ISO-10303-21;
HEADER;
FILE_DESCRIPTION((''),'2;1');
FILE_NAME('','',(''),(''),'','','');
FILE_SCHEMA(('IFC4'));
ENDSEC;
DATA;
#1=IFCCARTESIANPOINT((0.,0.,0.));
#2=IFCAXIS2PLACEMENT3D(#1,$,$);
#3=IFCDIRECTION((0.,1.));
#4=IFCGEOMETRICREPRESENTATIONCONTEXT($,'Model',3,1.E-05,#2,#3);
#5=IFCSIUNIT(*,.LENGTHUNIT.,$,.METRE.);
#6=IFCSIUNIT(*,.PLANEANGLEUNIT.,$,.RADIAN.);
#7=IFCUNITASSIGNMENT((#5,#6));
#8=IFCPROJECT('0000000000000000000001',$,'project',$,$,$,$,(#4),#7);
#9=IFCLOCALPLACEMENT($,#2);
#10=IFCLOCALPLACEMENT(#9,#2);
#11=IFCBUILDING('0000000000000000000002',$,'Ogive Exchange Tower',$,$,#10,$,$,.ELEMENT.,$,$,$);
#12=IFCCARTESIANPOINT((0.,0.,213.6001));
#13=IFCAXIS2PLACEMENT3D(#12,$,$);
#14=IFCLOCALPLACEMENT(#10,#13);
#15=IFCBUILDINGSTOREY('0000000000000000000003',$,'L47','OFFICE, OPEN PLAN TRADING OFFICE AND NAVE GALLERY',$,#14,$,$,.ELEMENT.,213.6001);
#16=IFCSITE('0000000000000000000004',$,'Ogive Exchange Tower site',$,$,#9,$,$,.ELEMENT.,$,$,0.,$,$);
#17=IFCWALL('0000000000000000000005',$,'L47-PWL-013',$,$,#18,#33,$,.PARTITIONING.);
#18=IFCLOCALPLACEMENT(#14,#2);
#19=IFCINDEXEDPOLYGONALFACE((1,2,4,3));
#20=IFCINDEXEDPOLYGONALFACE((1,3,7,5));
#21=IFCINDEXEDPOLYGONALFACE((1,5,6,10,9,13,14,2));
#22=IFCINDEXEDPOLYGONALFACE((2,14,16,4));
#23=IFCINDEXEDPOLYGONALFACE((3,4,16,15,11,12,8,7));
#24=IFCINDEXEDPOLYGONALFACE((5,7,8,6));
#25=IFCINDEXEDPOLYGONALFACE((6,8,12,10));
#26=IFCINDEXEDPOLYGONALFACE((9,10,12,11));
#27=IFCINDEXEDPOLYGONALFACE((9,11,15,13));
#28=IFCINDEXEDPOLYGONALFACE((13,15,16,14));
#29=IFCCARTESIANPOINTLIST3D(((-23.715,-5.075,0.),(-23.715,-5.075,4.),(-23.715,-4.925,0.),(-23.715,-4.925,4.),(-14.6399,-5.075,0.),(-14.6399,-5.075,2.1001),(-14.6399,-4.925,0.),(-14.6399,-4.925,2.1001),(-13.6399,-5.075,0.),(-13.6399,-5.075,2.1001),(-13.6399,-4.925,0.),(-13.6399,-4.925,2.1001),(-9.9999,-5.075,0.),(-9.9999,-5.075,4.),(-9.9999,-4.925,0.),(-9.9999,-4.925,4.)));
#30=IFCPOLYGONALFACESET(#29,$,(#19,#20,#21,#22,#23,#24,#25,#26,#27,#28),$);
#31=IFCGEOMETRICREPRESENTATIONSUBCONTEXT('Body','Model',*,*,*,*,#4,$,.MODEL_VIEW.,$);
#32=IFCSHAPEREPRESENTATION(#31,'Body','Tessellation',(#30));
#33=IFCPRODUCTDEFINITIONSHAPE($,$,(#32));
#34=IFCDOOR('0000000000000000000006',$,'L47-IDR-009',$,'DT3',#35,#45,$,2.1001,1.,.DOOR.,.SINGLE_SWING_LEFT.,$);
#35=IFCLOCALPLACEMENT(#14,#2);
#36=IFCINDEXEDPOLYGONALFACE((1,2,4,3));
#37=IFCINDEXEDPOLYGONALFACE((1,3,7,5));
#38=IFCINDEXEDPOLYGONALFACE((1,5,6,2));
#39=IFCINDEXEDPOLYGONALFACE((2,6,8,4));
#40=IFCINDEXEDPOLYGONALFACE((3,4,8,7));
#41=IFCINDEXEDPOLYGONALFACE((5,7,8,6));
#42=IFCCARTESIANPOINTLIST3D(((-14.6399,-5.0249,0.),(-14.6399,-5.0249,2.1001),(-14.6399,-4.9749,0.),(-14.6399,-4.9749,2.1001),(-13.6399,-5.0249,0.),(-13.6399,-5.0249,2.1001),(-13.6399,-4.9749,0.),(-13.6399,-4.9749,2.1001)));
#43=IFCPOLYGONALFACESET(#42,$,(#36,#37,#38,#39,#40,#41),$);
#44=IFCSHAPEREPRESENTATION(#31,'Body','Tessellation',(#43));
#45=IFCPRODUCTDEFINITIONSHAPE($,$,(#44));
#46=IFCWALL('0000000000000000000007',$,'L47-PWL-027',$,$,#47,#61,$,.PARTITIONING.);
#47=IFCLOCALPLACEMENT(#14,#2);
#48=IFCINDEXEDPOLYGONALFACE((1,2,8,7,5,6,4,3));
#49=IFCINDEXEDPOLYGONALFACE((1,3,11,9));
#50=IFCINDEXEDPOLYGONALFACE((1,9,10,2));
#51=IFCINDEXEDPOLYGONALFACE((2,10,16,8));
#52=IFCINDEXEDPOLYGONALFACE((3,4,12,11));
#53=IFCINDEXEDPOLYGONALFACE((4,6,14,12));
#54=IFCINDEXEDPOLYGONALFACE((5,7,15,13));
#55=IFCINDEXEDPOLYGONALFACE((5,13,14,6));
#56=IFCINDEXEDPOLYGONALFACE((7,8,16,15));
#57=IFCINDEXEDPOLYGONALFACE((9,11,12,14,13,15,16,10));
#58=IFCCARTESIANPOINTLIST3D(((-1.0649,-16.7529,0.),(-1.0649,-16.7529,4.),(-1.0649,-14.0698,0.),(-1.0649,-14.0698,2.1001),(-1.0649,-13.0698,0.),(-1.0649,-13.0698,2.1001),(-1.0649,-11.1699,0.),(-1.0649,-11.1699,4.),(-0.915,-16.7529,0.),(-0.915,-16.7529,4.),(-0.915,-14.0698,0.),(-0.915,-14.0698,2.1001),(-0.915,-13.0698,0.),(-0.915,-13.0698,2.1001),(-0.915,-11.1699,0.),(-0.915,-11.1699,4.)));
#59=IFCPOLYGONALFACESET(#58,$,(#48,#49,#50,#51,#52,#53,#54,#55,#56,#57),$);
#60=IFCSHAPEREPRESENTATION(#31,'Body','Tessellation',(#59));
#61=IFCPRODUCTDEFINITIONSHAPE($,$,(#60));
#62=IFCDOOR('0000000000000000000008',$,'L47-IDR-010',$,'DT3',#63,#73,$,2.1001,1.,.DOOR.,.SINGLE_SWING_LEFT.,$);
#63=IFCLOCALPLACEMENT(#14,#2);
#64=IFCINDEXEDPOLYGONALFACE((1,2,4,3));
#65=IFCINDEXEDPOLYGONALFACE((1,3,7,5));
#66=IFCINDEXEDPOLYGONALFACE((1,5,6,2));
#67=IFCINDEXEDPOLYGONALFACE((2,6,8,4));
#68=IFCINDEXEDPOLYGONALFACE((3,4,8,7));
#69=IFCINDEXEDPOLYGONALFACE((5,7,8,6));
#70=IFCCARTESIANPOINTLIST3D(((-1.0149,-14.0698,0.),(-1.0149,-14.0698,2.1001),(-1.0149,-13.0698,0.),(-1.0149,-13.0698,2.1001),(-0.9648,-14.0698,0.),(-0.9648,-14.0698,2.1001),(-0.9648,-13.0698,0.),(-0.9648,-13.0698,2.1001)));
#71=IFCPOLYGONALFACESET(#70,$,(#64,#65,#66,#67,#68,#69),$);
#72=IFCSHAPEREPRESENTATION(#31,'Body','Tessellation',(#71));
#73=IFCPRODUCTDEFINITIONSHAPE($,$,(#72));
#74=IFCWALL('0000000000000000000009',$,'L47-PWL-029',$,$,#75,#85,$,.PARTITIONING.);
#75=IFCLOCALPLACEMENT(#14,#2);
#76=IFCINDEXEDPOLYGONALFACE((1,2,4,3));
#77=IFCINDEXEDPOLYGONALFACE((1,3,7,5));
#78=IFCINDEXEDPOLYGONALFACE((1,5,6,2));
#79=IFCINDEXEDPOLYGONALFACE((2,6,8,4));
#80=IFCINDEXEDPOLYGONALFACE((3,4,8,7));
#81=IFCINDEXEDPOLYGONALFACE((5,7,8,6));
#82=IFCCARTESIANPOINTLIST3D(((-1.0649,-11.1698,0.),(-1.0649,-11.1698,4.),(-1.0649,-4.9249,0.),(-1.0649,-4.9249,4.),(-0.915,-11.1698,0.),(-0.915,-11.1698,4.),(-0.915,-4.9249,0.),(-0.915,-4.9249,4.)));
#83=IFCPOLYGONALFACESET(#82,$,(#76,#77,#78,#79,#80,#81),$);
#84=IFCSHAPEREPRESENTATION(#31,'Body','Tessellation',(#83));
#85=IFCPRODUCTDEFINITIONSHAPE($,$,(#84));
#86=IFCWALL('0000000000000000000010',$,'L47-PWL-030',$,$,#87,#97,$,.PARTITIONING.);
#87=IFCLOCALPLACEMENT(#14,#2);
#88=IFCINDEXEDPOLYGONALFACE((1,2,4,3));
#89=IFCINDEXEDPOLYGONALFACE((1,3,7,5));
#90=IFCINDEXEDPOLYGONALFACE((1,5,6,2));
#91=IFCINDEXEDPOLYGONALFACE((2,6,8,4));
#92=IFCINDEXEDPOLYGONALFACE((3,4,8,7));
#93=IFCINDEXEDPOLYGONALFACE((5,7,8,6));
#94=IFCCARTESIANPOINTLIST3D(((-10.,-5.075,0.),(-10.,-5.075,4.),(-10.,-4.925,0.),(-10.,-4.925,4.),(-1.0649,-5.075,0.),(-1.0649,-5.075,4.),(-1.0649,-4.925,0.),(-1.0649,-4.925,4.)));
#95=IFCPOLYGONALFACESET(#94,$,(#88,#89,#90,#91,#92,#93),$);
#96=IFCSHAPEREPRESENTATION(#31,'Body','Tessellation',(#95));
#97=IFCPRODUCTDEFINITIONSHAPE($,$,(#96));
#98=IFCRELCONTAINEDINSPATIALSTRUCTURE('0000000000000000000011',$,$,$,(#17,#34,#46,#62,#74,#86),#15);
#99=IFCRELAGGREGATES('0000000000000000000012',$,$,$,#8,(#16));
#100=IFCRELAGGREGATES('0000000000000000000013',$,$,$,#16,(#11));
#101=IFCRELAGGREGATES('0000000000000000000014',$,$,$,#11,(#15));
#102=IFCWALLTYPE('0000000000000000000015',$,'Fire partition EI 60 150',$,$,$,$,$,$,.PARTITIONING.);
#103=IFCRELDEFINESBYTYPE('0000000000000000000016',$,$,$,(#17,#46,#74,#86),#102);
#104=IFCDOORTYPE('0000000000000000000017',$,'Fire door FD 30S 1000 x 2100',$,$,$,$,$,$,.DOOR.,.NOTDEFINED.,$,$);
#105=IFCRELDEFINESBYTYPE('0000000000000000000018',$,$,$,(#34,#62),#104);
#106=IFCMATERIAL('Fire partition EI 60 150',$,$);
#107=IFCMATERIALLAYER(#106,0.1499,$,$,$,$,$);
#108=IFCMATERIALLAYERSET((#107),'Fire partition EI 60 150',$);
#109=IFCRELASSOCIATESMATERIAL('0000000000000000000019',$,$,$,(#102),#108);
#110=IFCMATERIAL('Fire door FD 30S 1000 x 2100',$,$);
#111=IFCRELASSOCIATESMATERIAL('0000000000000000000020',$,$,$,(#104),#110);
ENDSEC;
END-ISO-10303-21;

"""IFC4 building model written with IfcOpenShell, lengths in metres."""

from ifc_helpers import new_model, si_unit, direction, frame, frame_2d, origin, place, context, subcontext, project, spatial, rectangle, extrude, material, layer, layer_set, type_object, element, fill, save


model = new_model("IFC4")

# Units and contexts
model_context = context("Model", 3, precision=1e-05, world=origin(), true_north=direction((0.0, 1.0)))
body_context = subcontext(model_context, "Body", "Model", "MODEL_VIEW")
ifc_project = project(units=[si_unit("LENGTHUNIT", "METRE"), si_unit("PLANEANGLEUNIT", "RADIAN")], contexts=[model_context])

# Site, building, storey
site_placement = place(None, origin())
site = spatial("IfcSite", under=ifc_project, at=site_placement, Name="Ogive Exchange Tower site", CompositionType="ELEMENT", RefElevation=0.0)
building_placement = place(site_placement, origin())
building = spatial("IfcBuilding", under=site, at=building_placement, Name="Ogive Exchange Tower", CompositionType="ELEMENT")
storey_placement = place(building_placement, frame((0.0, 0.0, 213.6001)))
storey = spatial("IfcBuildingStorey", under=building, at=storey_placement, Name="L47", Description="OFFICE, OPEN PLAN TRADING OFFICE AND NAVE GALLERY", CompositionType="ELEMENT", Elevation=213.6001)

# Walls, openings, doors
ifc_material_1 = material(Name="Fire partition EI 60 150")
ifc_layer_1 = layer(ifc_material_1, 0.1499)
ifc_layer_set_1 = layer_set([ifc_layer_1], Name="Fire partition EI 60 150")
wall_type_1 = type_object("IfcWallType", Name="Fire partition EI 60 150", PredefinedType="PARTITIONING", material=ifc_layer_set_1)
wall_1_placement = place(storey_placement, frame((-10.0, -5.0, 0.0), z_axis=(0.0, 0.0, 1.0), x_axis=(-1.0, 0.0, 0.0)))
wall_1 = element("IfcWall", 1, at=wall_1_placement, inside=storey, type_object=wall_type_1, Name="L47-PWL-013", PredefinedType="PARTITIONING", context=body_context, shape_type="SweptSolid", body=[
    extrude(rectangle(XDim=13.7151, YDim=0.1499, at=frame_2d((6.8574, 0.0))), origin(), (0.0, 0.0, 1.0), 4.0),
])
opening_1_placement = place(wall_1_placement, frame((3.6399, 0.0, 0.0)))
opening_1 = element("IfcOpeningElement", 2, at=opening_1_placement, cuts=wall_1, PredefinedType="OPENING", context=body_context, shape_type="SweptSolid", body=[
    extrude(rectangle(XDim=1.0, YDim=2.1001, at=frame_2d((0.5, 1.05))), frame((0.0, 0.085, 0.0), z_axis=(0.0, -1.0, 0.0), x_axis=(1.0, 0.0, 0.0)), (0.0, 0.0, 1.0), 0.1699),
])
ifc_material_2 = material(Name="Fire door FD 30S 1000 x 2100")
door_type_1 = type_object("IfcDoorType", Name="Fire door FD 30S 1000 x 2100", OperationType="NOTDEFINED", PredefinedType="DOOR", material=ifc_material_2)
door_1_placement = place(opening_1_placement, origin())
door_1 = element("IfcDoor", 3, at=door_1_placement, inside=storey, type_object=door_type_1, Name="L47-IDR-009", ObjectType="DT3", OperationType="SINGLE_SWING_LEFT", OverallHeight=2.1001, OverallWidth=1.0, PredefinedType="DOOR", context=body_context, shape_type="SweptSolid", body=[
    extrude(rectangle(XDim=1.0, YDim=2.1001, at=frame_2d((0.5, 1.05))), frame((0.0, 0.0249, 0.0), z_axis=(0.0, -1.0, 0.0), x_axis=(1.0, 0.0, 0.0)), (0.0, 0.0, 1.0), 0.05),
])
fill(opening_1, door_1)
wall_2_placement = place(storey_placement, frame((-0.99, -16.7529, 0.0), z_axis=(0.0, 0.0, 1.0), x_axis=(0.0, 1.0, 0.0)))
wall_2 = element("IfcWall", 4, at=wall_2_placement, inside=storey, type_object=wall_type_1, Name="L47-PWL-027", PredefinedType="PARTITIONING", context=body_context, shape_type="SweptSolid", body=[
    extrude(rectangle(XDim=5.583, YDim=0.1499, at=frame_2d((2.7915, 0.0))), origin(), (0.0, 0.0, 1.0), 4.0),
])
opening_2_placement = place(wall_2_placement, frame((2.6831, 0.0, 0.0)))
opening_2 = element("IfcOpeningElement", 5, at=opening_2_placement, cuts=wall_2, PredefinedType="OPENING", context=body_context, shape_type="SweptSolid", body=[
    extrude(rectangle(XDim=1.0, YDim=2.1001, at=frame_2d((0.5, 1.05))), frame((0.0, 0.085, 0.0), z_axis=(0.0, -1.0, 0.0), x_axis=(1.0, 0.0, 0.0)), (0.0, 0.0, 1.0), 0.1699),
])
door_2_placement = place(opening_2_placement, origin())
door_2 = element("IfcDoor", 6, at=door_2_placement, inside=storey, type_object=door_type_1, Name="L47-IDR-010", ObjectType="DT3", OperationType="SINGLE_SWING_LEFT", OverallHeight=2.1001, OverallWidth=1.0, PredefinedType="DOOR", context=body_context, shape_type="SweptSolid", body=[
    extrude(rectangle(XDim=1.0, YDim=2.1001, at=frame_2d((0.5, 1.05))), frame((0.0, 0.0249, 0.0), z_axis=(0.0, -1.0, 0.0), x_axis=(1.0, 0.0, 0.0)), (0.0, 0.0, 1.0), 0.05),
])
fill(opening_2, door_2)

# Walls
wall_3_placement = place(storey_placement, frame((-0.99, -11.1699, 0.0), z_axis=(0.0, 0.0, 1.0), x_axis=(0.0, 1.0, 0.0)))
element("IfcWall", 7, at=wall_3_placement, inside=storey, type_object=wall_type_1, Name="L47-PWL-029", PredefinedType="PARTITIONING", context=body_context, shape_type="SweptSolid", body=[
    extrude(rectangle(XDim=6.2449, YDim=0.1499, at=frame_2d((3.1226, 0.0))), origin(), (0.0, 0.0, 1.0), 4.0),
])
wall_4_placement = place(storey_placement, frame((-1.0649, -5.0, 0.0), z_axis=(0.0, 0.0, 1.0), x_axis=(-1.0, 0.0, 0.0)))
element("IfcWall", 8, at=wall_4_placement, inside=storey, type_object=wall_type_1, Name="L47-PWL-030", PredefinedType="PARTITIONING", context=body_context, shape_type="SweptSolid", body=[
    extrude(rectangle(XDim=8.9351, YDim=0.1499, at=frame_2d((4.4675, 0.0))), origin(), (0.0, 0.0, 1.0), 4.0),
])

save(model, "model.ifc")
